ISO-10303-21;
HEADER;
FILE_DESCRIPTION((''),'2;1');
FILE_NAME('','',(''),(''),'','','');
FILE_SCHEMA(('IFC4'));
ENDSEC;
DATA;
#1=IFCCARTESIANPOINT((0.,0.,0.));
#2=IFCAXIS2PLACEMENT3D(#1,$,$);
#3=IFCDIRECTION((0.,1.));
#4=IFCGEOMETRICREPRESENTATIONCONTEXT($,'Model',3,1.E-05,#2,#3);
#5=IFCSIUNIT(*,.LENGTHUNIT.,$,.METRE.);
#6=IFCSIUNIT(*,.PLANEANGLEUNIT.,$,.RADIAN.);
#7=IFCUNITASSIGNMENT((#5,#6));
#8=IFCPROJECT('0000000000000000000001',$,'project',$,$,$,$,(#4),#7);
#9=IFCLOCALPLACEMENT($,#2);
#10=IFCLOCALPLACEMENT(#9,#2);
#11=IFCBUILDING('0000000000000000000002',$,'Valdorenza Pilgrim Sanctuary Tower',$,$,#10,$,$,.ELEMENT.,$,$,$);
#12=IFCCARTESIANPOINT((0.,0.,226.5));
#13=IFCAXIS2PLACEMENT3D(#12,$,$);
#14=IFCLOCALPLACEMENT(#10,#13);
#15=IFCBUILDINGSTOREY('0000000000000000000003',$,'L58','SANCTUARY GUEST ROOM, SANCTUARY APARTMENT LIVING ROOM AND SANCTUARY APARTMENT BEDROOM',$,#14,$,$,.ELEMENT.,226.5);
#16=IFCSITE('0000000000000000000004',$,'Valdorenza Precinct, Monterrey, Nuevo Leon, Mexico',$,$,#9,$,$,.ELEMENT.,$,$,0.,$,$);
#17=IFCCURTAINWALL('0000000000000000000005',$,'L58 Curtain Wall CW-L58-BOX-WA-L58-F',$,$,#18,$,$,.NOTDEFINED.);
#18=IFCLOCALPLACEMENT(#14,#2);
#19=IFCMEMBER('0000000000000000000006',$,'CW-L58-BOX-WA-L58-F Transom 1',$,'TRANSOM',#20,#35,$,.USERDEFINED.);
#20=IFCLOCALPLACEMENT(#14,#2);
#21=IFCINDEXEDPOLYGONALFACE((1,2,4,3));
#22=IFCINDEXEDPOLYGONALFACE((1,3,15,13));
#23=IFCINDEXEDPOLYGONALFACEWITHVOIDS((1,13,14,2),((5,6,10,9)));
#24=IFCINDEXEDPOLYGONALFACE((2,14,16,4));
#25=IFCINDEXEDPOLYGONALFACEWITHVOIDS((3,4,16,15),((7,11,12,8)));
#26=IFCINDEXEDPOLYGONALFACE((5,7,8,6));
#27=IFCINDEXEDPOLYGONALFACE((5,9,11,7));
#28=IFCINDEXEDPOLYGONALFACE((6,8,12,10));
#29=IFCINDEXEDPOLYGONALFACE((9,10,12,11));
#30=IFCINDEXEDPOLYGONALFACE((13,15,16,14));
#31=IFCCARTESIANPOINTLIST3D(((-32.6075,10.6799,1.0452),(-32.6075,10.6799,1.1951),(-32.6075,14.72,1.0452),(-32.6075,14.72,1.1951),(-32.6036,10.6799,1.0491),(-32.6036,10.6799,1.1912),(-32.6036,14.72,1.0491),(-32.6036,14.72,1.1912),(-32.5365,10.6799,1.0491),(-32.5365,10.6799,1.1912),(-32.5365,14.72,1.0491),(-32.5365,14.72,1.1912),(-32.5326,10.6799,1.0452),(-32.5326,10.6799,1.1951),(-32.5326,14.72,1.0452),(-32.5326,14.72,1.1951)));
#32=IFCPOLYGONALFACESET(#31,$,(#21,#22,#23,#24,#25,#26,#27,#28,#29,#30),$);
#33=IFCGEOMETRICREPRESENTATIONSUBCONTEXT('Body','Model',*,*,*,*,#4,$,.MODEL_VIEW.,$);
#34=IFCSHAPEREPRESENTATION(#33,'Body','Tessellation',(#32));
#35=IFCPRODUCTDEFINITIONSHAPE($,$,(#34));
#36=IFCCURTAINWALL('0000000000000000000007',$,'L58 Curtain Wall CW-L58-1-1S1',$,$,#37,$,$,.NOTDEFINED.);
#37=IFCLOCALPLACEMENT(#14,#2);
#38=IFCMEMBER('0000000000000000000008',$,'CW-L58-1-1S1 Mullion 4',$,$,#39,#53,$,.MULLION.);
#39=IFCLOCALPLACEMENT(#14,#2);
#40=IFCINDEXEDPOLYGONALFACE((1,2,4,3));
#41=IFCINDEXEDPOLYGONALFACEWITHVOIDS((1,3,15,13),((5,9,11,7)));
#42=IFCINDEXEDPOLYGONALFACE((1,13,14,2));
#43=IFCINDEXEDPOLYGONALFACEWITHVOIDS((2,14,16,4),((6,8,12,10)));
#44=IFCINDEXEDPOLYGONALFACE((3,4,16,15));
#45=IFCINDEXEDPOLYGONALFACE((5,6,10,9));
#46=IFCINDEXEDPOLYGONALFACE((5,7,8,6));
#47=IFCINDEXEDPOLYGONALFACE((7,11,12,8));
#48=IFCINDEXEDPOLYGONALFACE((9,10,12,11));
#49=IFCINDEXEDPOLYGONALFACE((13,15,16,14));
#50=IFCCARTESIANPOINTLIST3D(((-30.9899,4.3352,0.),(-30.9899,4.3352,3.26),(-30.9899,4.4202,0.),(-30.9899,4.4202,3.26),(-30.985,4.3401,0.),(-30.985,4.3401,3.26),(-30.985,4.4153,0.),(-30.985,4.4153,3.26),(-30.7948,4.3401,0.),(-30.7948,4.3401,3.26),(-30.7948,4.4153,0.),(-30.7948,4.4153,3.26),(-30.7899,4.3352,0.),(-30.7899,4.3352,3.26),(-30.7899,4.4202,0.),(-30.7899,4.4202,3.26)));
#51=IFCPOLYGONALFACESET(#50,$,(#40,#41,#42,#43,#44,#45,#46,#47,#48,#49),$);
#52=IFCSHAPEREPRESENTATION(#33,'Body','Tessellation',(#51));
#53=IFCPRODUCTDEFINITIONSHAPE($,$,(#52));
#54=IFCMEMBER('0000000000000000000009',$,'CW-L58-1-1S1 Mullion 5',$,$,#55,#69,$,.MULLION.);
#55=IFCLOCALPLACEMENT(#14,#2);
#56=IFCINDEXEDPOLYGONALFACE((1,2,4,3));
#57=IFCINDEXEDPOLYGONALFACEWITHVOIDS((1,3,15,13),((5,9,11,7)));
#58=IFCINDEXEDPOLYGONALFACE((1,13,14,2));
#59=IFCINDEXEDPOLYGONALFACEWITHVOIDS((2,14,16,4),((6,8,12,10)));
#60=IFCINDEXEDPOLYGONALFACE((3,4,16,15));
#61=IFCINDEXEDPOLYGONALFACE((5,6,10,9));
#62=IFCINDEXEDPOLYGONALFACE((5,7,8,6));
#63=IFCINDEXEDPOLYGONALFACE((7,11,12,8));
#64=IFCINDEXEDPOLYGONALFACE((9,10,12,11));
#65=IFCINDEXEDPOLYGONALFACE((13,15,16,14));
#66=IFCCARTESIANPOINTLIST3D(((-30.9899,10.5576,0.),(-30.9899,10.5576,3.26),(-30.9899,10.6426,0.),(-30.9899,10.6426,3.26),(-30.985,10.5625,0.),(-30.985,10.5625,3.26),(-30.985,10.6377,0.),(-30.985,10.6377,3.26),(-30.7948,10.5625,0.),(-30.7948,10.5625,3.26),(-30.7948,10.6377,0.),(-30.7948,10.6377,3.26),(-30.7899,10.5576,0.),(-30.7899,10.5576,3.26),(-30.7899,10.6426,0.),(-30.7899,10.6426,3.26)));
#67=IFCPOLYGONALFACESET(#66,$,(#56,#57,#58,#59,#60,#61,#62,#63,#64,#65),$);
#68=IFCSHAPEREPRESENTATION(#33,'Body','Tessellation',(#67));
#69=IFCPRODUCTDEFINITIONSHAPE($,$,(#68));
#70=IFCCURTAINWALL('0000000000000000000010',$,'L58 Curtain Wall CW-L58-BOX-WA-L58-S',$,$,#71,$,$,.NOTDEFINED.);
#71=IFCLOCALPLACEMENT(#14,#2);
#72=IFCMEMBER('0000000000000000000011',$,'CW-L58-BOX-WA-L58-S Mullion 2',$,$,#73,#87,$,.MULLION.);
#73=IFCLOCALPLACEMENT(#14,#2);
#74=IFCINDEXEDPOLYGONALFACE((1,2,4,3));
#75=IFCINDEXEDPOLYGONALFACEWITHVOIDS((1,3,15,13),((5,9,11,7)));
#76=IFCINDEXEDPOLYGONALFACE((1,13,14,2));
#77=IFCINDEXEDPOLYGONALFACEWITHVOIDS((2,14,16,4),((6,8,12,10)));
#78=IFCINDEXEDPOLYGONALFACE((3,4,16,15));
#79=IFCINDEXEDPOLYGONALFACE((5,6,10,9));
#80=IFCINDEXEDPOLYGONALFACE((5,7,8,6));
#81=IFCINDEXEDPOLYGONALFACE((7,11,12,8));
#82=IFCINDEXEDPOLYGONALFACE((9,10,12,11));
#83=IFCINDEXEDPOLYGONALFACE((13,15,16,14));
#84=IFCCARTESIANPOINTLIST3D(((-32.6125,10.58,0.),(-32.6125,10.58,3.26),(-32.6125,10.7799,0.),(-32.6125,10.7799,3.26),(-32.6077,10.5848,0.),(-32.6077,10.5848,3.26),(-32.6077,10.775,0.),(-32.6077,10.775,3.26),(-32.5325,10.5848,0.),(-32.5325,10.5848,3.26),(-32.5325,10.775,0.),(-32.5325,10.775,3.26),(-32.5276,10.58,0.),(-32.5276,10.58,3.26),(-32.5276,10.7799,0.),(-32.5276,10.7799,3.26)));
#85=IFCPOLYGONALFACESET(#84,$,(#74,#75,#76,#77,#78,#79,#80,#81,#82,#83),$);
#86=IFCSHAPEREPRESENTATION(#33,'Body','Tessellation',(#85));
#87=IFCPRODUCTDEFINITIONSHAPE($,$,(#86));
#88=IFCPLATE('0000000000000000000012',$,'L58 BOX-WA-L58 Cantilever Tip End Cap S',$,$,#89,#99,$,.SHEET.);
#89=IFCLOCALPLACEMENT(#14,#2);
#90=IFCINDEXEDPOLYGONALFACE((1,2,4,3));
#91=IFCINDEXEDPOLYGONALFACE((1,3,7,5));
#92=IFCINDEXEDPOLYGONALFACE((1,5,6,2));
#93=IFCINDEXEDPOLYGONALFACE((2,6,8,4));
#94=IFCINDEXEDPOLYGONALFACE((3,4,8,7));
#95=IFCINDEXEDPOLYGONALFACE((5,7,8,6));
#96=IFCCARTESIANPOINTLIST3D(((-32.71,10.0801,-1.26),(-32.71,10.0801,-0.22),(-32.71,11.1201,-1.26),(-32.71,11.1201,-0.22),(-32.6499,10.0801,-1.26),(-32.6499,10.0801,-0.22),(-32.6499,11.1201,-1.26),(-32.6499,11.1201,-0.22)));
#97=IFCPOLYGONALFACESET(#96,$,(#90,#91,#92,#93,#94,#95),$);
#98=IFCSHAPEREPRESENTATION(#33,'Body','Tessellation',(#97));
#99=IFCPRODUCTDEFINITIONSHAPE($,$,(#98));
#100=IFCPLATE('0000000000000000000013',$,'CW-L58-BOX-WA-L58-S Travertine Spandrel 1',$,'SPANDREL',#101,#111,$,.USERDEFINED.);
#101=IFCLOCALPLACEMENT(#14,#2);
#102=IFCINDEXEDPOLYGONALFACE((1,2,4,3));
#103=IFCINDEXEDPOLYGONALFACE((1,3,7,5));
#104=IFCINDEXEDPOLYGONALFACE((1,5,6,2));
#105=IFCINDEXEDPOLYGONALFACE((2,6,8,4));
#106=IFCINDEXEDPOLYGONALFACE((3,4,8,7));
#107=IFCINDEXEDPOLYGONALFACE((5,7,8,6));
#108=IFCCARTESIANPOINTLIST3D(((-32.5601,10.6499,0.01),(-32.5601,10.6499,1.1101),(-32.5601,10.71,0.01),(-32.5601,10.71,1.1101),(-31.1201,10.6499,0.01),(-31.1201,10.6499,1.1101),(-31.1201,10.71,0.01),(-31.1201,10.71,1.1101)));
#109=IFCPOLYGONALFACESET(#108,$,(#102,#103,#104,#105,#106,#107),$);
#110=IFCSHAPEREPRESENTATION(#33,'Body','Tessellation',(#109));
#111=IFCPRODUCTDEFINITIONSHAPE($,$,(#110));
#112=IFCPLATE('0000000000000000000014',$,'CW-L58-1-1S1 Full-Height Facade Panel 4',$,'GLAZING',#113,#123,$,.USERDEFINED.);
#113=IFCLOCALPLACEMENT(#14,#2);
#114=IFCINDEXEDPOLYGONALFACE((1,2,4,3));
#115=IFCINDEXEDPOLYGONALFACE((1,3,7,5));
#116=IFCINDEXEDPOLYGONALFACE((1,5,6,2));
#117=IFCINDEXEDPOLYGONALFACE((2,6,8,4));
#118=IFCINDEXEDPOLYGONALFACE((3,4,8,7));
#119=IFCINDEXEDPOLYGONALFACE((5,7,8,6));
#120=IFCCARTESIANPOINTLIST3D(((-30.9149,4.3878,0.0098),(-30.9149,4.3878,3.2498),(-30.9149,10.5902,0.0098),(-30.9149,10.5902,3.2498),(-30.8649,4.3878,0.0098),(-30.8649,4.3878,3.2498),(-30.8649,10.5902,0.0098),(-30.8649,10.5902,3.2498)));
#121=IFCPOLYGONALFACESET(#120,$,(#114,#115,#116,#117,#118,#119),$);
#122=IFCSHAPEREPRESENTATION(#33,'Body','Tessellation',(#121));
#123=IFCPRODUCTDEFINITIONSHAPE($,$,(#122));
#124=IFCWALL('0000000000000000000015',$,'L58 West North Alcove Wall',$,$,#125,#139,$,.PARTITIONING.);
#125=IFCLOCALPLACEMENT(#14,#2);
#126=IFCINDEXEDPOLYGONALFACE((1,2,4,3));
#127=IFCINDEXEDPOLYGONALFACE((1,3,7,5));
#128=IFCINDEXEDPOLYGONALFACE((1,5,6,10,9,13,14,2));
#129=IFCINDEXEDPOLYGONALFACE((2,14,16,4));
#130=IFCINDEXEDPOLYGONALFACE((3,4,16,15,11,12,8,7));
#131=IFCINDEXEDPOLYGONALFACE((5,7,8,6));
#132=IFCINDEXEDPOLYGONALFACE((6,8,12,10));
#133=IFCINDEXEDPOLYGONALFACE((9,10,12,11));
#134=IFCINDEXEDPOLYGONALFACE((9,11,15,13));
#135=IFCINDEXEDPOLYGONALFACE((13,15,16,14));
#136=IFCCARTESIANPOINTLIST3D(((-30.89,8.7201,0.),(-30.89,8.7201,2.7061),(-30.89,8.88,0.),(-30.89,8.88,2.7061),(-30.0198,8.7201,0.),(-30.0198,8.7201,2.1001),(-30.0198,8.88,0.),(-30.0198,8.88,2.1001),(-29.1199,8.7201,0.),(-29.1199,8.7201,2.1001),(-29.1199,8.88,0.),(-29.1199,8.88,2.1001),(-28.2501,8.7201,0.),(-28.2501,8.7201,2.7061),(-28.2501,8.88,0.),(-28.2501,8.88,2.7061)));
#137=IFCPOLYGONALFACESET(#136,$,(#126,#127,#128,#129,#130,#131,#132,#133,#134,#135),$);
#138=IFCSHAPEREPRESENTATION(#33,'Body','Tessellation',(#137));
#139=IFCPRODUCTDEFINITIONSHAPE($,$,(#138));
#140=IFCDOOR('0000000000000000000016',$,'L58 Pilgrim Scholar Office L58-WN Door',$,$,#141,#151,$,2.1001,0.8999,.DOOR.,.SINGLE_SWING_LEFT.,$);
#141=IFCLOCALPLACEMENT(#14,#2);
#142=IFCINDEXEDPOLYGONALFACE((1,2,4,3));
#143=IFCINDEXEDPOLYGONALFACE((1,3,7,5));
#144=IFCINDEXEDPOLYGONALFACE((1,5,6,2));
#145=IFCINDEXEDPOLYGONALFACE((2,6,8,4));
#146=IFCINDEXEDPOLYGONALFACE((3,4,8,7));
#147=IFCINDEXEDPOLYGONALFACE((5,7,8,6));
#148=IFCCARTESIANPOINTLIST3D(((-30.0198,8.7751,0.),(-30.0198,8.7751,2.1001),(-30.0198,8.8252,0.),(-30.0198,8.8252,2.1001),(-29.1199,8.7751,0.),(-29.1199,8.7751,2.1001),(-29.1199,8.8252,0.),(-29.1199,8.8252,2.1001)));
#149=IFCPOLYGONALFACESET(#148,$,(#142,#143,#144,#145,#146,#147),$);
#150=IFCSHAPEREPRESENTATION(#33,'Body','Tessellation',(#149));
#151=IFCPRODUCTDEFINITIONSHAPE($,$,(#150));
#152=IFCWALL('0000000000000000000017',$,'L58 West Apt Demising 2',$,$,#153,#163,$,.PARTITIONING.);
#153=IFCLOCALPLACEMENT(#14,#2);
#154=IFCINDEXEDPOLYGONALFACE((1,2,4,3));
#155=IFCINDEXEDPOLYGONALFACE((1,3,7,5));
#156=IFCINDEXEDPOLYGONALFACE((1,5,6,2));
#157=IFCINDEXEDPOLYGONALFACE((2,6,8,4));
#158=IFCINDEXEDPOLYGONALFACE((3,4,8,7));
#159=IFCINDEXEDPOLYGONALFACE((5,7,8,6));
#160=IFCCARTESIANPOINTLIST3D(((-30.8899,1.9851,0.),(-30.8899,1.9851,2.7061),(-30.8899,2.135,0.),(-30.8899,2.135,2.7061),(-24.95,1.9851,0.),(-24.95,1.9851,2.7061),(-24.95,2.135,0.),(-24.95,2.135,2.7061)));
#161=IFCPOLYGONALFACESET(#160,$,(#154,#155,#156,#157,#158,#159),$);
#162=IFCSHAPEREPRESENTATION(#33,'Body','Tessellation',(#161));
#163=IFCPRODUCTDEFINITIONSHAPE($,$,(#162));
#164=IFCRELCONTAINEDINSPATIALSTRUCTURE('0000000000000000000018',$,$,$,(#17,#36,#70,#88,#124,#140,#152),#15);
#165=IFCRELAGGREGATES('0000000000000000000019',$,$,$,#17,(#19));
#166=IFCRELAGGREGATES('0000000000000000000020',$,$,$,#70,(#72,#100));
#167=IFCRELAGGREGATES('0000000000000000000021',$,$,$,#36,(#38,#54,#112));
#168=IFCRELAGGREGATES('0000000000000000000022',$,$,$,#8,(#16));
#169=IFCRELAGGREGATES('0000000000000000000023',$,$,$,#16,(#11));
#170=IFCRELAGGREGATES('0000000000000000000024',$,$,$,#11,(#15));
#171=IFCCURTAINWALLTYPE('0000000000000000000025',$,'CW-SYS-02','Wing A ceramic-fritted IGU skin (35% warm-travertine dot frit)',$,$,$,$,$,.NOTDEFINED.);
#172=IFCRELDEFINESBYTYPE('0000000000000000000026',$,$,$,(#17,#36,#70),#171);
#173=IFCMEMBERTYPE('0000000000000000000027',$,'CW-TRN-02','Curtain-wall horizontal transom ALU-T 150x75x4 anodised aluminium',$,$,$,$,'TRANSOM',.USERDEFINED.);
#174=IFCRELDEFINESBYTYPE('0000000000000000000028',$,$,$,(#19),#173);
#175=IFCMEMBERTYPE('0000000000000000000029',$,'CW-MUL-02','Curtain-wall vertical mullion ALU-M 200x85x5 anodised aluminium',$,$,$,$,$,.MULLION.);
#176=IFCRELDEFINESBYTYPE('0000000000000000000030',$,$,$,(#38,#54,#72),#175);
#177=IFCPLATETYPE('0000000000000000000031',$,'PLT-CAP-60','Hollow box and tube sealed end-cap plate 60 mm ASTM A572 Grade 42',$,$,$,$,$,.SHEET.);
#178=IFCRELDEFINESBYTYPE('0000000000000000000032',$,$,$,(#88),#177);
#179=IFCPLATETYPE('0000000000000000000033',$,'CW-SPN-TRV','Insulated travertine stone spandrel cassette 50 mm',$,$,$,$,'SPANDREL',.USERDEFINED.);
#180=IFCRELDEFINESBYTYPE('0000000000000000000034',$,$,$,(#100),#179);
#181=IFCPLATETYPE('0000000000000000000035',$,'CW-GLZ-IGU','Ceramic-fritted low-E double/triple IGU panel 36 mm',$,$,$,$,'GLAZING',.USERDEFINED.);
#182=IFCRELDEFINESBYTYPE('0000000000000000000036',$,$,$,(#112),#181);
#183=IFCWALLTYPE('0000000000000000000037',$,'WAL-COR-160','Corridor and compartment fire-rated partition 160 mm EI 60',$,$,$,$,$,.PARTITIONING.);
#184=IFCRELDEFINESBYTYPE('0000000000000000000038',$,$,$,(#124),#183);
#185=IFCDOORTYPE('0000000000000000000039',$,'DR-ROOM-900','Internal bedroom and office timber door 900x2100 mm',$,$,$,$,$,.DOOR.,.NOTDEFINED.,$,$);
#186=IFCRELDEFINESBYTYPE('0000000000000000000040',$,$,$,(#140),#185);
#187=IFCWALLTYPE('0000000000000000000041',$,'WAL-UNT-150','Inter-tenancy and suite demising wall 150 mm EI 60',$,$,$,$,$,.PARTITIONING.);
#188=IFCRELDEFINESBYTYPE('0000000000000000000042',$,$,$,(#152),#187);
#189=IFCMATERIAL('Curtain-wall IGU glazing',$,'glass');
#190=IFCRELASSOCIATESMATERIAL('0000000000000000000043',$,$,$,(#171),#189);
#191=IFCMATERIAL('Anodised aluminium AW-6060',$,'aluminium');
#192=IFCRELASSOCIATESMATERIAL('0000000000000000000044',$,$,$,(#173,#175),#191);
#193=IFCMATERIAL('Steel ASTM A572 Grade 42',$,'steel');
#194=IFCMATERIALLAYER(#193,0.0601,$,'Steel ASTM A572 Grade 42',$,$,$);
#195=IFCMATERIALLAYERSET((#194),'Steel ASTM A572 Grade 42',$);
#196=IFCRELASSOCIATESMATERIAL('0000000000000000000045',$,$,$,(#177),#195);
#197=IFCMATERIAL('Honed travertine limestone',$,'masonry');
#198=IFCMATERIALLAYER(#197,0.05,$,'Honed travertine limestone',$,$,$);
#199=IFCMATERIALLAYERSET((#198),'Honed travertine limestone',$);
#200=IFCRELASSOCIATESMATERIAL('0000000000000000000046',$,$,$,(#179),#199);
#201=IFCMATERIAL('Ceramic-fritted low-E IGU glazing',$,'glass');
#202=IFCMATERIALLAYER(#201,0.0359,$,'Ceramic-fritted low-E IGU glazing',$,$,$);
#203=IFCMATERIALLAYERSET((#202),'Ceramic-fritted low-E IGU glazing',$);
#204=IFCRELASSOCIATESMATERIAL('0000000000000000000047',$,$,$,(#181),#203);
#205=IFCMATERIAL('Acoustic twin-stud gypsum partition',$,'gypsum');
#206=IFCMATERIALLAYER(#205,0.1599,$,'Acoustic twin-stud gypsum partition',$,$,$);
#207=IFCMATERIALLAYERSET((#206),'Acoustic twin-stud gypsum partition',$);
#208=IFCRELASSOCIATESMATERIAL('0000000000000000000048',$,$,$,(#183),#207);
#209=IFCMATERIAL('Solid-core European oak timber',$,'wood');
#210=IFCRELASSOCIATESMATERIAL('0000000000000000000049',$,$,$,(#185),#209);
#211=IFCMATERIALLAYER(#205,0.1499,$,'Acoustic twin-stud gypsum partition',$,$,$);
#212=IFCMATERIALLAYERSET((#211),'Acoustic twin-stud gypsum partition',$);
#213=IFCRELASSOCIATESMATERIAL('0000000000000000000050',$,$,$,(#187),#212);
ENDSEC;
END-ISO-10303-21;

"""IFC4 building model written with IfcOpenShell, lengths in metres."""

from ifc_helpers import new_model, si_unit, direction, frame, frame_2d, origin, origin_2d, place, context, subcontext, project, spatial, rectangle, hollow_rectangle, extrude, source, transform, mapped, material, layer, layer_set, material_profile, profile_set, type_object, element, fill, aggregate, save


model = new_model("IFC4")

# Units and contexts
model_context = context("Model", 3, precision=1e-05, world=origin(), true_north=direction((0.0, 1.0)))
body_context = subcontext(model_context, "Body", "Model", "MODEL_VIEW")
ifc_project = project(units=[si_unit("LENGTHUNIT", "METRE"), si_unit("PLANEANGLEUNIT", "RADIAN")], contexts=[model_context])

# Site, building, storey
site_placement = place(None, origin())
site = spatial("IfcSite", under=ifc_project, at=site_placement, Name="Valdorenza Precinct, Monterrey, Nuevo Leon, Mexico", CompositionType="ELEMENT", RefElevation=0.0)
building_placement = place(site_placement, origin())
building = spatial("IfcBuilding", under=site, at=building_placement, Name="Valdorenza Pilgrim Sanctuary Tower", CompositionType="ELEMENT")
storey_placement = place(building_placement, frame((0.0, 0.0, 226.5)))
storey = spatial("IfcBuildingStorey", under=building, at=storey_placement, Name="L58", Description="SANCTUARY GUEST ROOM, SANCTUARY APARTMENT LIVING ROOM AND SANCTUARY APARTMENT BEDROOM", CompositionType="ELEMENT", Elevation=226.5)

# Curtain wall, member
ifc_material_1 = material(Name="Curtain-wall IGU glazing", Category="glass")
curtain_wall_type = type_object("IfcCurtainWallType", Name="CW-SYS-02", Description="Wing A ceramic-fritted IGU skin (35% warm-travertine dot frit)", PredefinedType="NOTDEFINED", material=ifc_material_1)
curtain_wall_1_placement = place(storey_placement, origin())
curtain_wall_1 = element("IfcCurtainWall", 1, at=curtain_wall_1_placement, inside=storey, type_object=curtain_wall_type, Name="L58 Curtain Wall CW-L58-BOX-WA-L58-F", PredefinedType="NOTDEFINED")
ifc_material_2 = material(Name="Anodised aluminium AW-6060", Category="aluminium")
ifc_material_profile_1 = material_profile(ifc_material_2, hollow_rectangle(XDim=0.075, YDim=0.1499, WallThickness=0.0039, at=origin_2d()), Name="ALU-T 150x75x4")
ifc_profile_set_1 = profile_set([ifc_material_profile_1], Name="Anodised aluminium AW-6060")
member_type_1 = type_object("IfcMemberType", Name="CW-TRN-02", Description="Curtain-wall horizontal transom ALU-T 150x75x4 anodised aluminium", ElementType="TRANSOM", PredefinedType="USERDEFINED", material=ifc_profile_set_1)
shared_shape_1 = source(origin(), body_context, "Body", "SweptSolid", [
    extrude(hollow_rectangle(XDim=0.075, YDim=0.1499, WallThickness=0.0039, at=origin_2d()), origin(), (0.0, 0.0, 1.0), 4.04),
])
member_1_placement = place(storey_placement, frame((-32.5701, 10.6799, 1.1201), z_axis=(0.0, 1.0, 0.0), x_axis=(-1.0, 0.0, 0.0)))
member_1 = element("IfcMember", 2, at=member_1_placement, type_object=member_type_1, Name="CW-L58-BOX-WA-L58-F Transom 1", ObjectType="TRANSOM", PredefinedType="USERDEFINED", context=body_context, shape_type="MappedRepresentation", body=[
    mapped(shared_shape_1, transform((0.0, 0.0, 0.0), x_axis=(1.0, 0.0, 0.0), y_axis=(0.0, 1.0, 0.0), z_axis=(0.0, 0.0, 1.0), scale=1.0)),
])
aggregate(curtain_wall_1, [member_1])

# Curtain wall, members
curtain_wall_2_placement = place(storey_placement, origin())
curtain_wall_2 = element("IfcCurtainWall", 3, at=curtain_wall_2_placement, inside=storey, type_object=curtain_wall_type, Name="L58 Curtain Wall CW-L58-1-1S1", PredefinedType="NOTDEFINED")
ifc_material_profile_2 = material_profile(ifc_material_2, hollow_rectangle(XDim=0.085, YDim=0.2, WallThickness=0.0049, at=origin_2d()), Name="ALU-M 200x85x5")
ifc_profile_set_2 = profile_set([ifc_material_profile_2], Name="Anodised aluminium AW-6060")
member_type_2 = type_object("IfcMemberType", Name="CW-MUL-02", Description="Curtain-wall vertical mullion ALU-M 200x85x5 anodised aluminium", PredefinedType="MULLION", material=ifc_profile_set_2)
shared_shape_2 = source(origin(), body_context, "Body", "SweptSolid", [
    extrude(hollow_rectangle(XDim=0.085, YDim=0.2, WallThickness=0.0049, at=origin_2d()), origin(), (0.0, 0.0, 1.0), 3.26),
])
member_2_placement = place(storey_placement, frame((-30.8899, 4.3777, 0.0), z_axis=(0.0, 0.0, 1.0), x_axis=(0.0, 1.0, 0.0)))
member_2 = element("IfcMember", 4, at=member_2_placement, type_object=member_type_2, Name="CW-L58-1-1S1 Mullion 4", PredefinedType="MULLION", context=body_context, shape_type="MappedRepresentation", body=[
    mapped(shared_shape_2, transform((0.0, 0.0, 0.0), x_axis=(1.0, 0.0, 0.0), y_axis=(0.0, 1.0, 0.0), z_axis=(0.0, 0.0, 1.0), scale=1.0)),
])
member_3_placement = place(storey_placement, frame((-30.8899, 10.6001, 0.0), z_axis=(0.0, 0.0, 1.0), x_axis=(0.0, 1.0, 0.0)))
member_3 = element("IfcMember", 5, at=member_3_placement, type_object=member_type_2, Name="CW-L58-1-1S1 Mullion 5", PredefinedType="MULLION", context=body_context, shape_type="MappedRepresentation", body=[
    mapped(shared_shape_2, transform((0.0, 0.0, 0.0), x_axis=(1.0, 0.0, 0.0), y_axis=(0.0, 1.0, 0.0), z_axis=(0.0, 0.0, 1.0), scale=1.0)),
])

# Curtain wall, member
curtain_wall_3_placement = place(storey_placement, origin())
curtain_wall_3 = element("IfcCurtainWall", 6, at=curtain_wall_3_placement, inside=storey, type_object=curtain_wall_type, Name="L58 Curtain Wall CW-L58-BOX-WA-L58-S", PredefinedType="NOTDEFINED")
member_4_placement = place(storey_placement, frame((-32.5701, 10.6799, 0.0), z_axis=(0.0, 0.0, 1.0), x_axis=(-1.0, 0.0, 0.0)))
member_4 = element("IfcMember", 7, at=member_4_placement, type_object=member_type_2, Name="CW-L58-BOX-WA-L58-S Mullion 2", PredefinedType="MULLION", context=body_context, shape_type="MappedRepresentation", body=[
    mapped(shared_shape_2, transform((0.0, 0.0, 0.0), x_axis=(1.0, 0.0, 0.0), y_axis=(0.0, 1.0, 0.0), z_axis=(0.0, 0.0, 1.0), scale=1.0)),
])

# Plates
ifc_material_3 = material(Name="Steel ASTM A572 Grade 42", Category="steel")
ifc_layer_1 = layer(ifc_material_3, 0.0601, Name="Steel ASTM A572 Grade 42")
ifc_layer_set_1 = layer_set([ifc_layer_1], Name="Steel ASTM A572 Grade 42")
plate_type_1 = type_object("IfcPlateType", Name="PLT-CAP-60", Description="Hollow box and tube sealed end-cap plate 60 mm ASTM A572 Grade 42", PredefinedType="SHEET", material=ifc_layer_set_1)
shared_shape_3 = source(origin(), body_context, "Body", "SweptSolid", [
    extrude(rectangle(XDim=0.0601, YDim=1.04, at=origin_2d()), origin(), (0.0, 0.0, 1.0), 1.04),
])
plate_1_placement = place(storey_placement, frame((-32.6799, 10.6001, -1.26), z_axis=(0.0, 0.0, 1.0), x_axis=(1.0, 0.0, 0.0)))
element("IfcPlate", 8, at=plate_1_placement, inside=storey, type_object=plate_type_1, Name="L58 BOX-WA-L58 Cantilever Tip End Cap S", PredefinedType="SHEET", context=body_context, shape_type="MappedRepresentation", body=[
    mapped(shared_shape_3, transform((0.0, 0.0, 0.0), x_axis=(1.0, 0.0, 0.0), y_axis=(0.0, 1.0, 0.0), z_axis=(0.0, 0.0, 1.0), scale=1.0)),
])
ifc_material_4 = material(Name="Honed travertine limestone", Category="masonry")
ifc_layer_2 = layer(ifc_material_4, 0.05, Name="Honed travertine limestone")
ifc_layer_set_2 = layer_set([ifc_layer_2], Name="Honed travertine limestone")
plate_type_2 = type_object("IfcPlateType", Name="CW-SPN-TRV", Description="Insulated travertine stone spandrel cassette 50 mm", ElementType="SPANDREL", PredefinedType="USERDEFINED", material=ifc_layer_set_2)
shared_shape_4 = source(origin(), body_context, "Body", "SweptSolid", [
    extrude(rectangle(XDim=1.4399, YDim=0.0601, at=origin_2d()), origin(), (0.0, 0.0, 1.0), 1.1001),
])
plate_2_placement = place(storey_placement, frame((-31.8401, 10.6799, 0.01), z_axis=(0.0, 0.0, 1.0), x_axis=(-1.0, 0.0, 0.0)))
plate_2 = element("IfcPlate", 9, at=plate_2_placement, type_object=plate_type_2, Name="CW-L58-BOX-WA-L58-S Travertine Spandrel 1", ObjectType="SPANDREL", PredefinedType="USERDEFINED", context=body_context, shape_type="MappedRepresentation", body=[
    mapped(shared_shape_4, transform((0.0, 0.0, 0.0), x_axis=(1.0, 0.0, 0.0), y_axis=(0.0, 1.0, 0.0), z_axis=(0.0, 0.0, 1.0), scale=1.0)),
])
aggregate(curtain_wall_3, [member_4, plate_2])
ifc_material_5 = material(Name="Ceramic-fritted low-E IGU glazing", Category="glass")
ifc_layer_3 = layer(ifc_material_5, 0.0359, Name="Ceramic-fritted low-E IGU glazing")
ifc_layer_set_3 = layer_set([ifc_layer_3], Name="Ceramic-fritted low-E IGU glazing")
plate_type_3 = type_object("IfcPlateType", Name="CW-GLZ-IGU", Description="Ceramic-fritted low-E double/triple IGU panel 36 mm", ElementType="GLAZING", PredefinedType="USERDEFINED", material=ifc_layer_set_3)
shared_shape_5 = source(origin(), body_context, "Body", "SweptSolid", [
    extrude(rectangle(XDim=6.2024, YDim=0.05, at=origin_2d()), origin(), (0.0, 0.0, 1.0), 3.24),
])
plate_3_placement = place(storey_placement, frame((-30.8899, 7.489, 0.0098), z_axis=(0.0, 0.0, 1.0), x_axis=(0.0, 1.0, 0.0)))
plate_3 = element("IfcPlate", 10, at=plate_3_placement, type_object=plate_type_3, Name="CW-L58-1-1S1 Full-Height Facade Panel 4", ObjectType="GLAZING", PredefinedType="USERDEFINED", context=body_context, shape_type="MappedRepresentation", body=[
    mapped(shared_shape_5, transform((0.0, 0.0, 0.0), x_axis=(1.0, 0.0, 0.0), y_axis=(0.0, 1.0, 0.0), z_axis=(0.0, 0.0, 1.0), scale=1.0)),
])
aggregate(curtain_wall_2, [member_2, member_3, plate_3])

# Wall, opening, door
ifc_material_6 = material(Name="Acoustic twin-stud gypsum partition", Category="gypsum")
ifc_layer_4 = layer(ifc_material_6, 0.1599, Name="Acoustic twin-stud gypsum partition")
ifc_layer_set_4 = layer_set([ifc_layer_4], Name="Acoustic twin-stud gypsum partition")
wall_type_1 = type_object("IfcWallType", Name="WAL-COR-160", Description="Corridor and compartment fire-rated partition 160 mm EI 60", PredefinedType="PARTITIONING", material=ifc_layer_set_4)
wall_1_placement = place(storey_placement, frame((-30.8899, 8.8, 0.0), z_axis=(0.0, 0.0, 1.0), x_axis=(1.0, 0.0, 0.0)))
wall_1 = element("IfcWall", 11, at=wall_1_placement, inside=storey, type_object=wall_type_1, Name="L58 West North Alcove Wall", PredefinedType="PARTITIONING", context=body_context, shape_type="SweptSolid", body=[
    extrude(rectangle(XDim=2.6399, YDim=0.1599, at=frame_2d((1.3198, 0.0))), origin(), (0.0, 0.0, 1.0), 2.7061),
])
opening_placement = place(wall_1_placement, frame((0.8701, 0.0, 0.0)))
opening = element("IfcOpeningElement", 12, at=opening_placement, cuts=wall_1, PredefinedType="OPENING", context=body_context, shape_type="SweptSolid", body=[
    extrude(rectangle(XDim=0.8999, YDim=2.1001, at=frame_2d((0.45, 1.05))), frame((0.0, 0.0947, 0.0), z_axis=(0.0, -1.0, 0.0), x_axis=(1.0, 0.0, 0.0)), (0.0, 0.0, 1.0), 0.1897),
])
ifc_material_7 = material(Name="Solid-core European oak timber", Category="wood")
door_type = type_object("IfcDoorType", Name="DR-ROOM-900", Description="Internal bedroom and office timber door 900x2100 mm", OperationType="NOTDEFINED", PredefinedType="DOOR", material=ifc_material_7)
door_placement = place(opening_placement, frame((0.8999, 0.0, 0.0), z_axis=(0.0, 0.0, 1.0), x_axis=(-1.0, 0.0, 0.0)))
door = element("IfcDoor", 13, at=door_placement, inside=storey, type_object=door_type, Name="L58 Pilgrim Scholar Office L58-WN Door", OperationType="SINGLE_SWING_LEFT", OverallHeight=2.1001, OverallWidth=0.8999, PredefinedType="DOOR", context=body_context, shape_type="SweptSolid", body=[
    extrude(rectangle(XDim=0.8999, YDim=2.1001, at=frame_2d((0.45, 1.05))), frame((0.0, 0.0249, 0.0), z_axis=(0.0, -1.0, 0.0), x_axis=(1.0, 0.0, 0.0)), (0.0, 0.0, 1.0), 0.05),
])
fill(opening, door)

# Wall
ifc_layer_5 = layer(ifc_material_6, 0.1499, Name="Acoustic twin-stud gypsum partition")
ifc_layer_set_5 = layer_set([ifc_layer_5], Name="Acoustic twin-stud gypsum partition")
wall_type_2 = type_object("IfcWallType", Name="WAL-UNT-150", Description="Inter-tenancy and suite demising wall 150 mm EI 60", PredefinedType="PARTITIONING", material=ifc_layer_set_5)
wall_2_placement = place(storey_placement, frame((-30.8899, 2.0601, 0.0), z_axis=(0.0, 0.0, 1.0), x_axis=(1.0, 0.0, 0.0)))
element("IfcWall", 14, at=wall_2_placement, inside=storey, type_object=wall_type_2, Name="L58 West Apt Demising 2", PredefinedType="PARTITIONING", context=body_context, shape_type="SweptSolid", body=[
    extrude(rectangle(XDim=5.9399, YDim=0.1499, at=frame_2d((2.97, 0.0))), origin(), (0.0, 0.0, 1.0), 2.7061),
])

save(model, "model.ifc")
